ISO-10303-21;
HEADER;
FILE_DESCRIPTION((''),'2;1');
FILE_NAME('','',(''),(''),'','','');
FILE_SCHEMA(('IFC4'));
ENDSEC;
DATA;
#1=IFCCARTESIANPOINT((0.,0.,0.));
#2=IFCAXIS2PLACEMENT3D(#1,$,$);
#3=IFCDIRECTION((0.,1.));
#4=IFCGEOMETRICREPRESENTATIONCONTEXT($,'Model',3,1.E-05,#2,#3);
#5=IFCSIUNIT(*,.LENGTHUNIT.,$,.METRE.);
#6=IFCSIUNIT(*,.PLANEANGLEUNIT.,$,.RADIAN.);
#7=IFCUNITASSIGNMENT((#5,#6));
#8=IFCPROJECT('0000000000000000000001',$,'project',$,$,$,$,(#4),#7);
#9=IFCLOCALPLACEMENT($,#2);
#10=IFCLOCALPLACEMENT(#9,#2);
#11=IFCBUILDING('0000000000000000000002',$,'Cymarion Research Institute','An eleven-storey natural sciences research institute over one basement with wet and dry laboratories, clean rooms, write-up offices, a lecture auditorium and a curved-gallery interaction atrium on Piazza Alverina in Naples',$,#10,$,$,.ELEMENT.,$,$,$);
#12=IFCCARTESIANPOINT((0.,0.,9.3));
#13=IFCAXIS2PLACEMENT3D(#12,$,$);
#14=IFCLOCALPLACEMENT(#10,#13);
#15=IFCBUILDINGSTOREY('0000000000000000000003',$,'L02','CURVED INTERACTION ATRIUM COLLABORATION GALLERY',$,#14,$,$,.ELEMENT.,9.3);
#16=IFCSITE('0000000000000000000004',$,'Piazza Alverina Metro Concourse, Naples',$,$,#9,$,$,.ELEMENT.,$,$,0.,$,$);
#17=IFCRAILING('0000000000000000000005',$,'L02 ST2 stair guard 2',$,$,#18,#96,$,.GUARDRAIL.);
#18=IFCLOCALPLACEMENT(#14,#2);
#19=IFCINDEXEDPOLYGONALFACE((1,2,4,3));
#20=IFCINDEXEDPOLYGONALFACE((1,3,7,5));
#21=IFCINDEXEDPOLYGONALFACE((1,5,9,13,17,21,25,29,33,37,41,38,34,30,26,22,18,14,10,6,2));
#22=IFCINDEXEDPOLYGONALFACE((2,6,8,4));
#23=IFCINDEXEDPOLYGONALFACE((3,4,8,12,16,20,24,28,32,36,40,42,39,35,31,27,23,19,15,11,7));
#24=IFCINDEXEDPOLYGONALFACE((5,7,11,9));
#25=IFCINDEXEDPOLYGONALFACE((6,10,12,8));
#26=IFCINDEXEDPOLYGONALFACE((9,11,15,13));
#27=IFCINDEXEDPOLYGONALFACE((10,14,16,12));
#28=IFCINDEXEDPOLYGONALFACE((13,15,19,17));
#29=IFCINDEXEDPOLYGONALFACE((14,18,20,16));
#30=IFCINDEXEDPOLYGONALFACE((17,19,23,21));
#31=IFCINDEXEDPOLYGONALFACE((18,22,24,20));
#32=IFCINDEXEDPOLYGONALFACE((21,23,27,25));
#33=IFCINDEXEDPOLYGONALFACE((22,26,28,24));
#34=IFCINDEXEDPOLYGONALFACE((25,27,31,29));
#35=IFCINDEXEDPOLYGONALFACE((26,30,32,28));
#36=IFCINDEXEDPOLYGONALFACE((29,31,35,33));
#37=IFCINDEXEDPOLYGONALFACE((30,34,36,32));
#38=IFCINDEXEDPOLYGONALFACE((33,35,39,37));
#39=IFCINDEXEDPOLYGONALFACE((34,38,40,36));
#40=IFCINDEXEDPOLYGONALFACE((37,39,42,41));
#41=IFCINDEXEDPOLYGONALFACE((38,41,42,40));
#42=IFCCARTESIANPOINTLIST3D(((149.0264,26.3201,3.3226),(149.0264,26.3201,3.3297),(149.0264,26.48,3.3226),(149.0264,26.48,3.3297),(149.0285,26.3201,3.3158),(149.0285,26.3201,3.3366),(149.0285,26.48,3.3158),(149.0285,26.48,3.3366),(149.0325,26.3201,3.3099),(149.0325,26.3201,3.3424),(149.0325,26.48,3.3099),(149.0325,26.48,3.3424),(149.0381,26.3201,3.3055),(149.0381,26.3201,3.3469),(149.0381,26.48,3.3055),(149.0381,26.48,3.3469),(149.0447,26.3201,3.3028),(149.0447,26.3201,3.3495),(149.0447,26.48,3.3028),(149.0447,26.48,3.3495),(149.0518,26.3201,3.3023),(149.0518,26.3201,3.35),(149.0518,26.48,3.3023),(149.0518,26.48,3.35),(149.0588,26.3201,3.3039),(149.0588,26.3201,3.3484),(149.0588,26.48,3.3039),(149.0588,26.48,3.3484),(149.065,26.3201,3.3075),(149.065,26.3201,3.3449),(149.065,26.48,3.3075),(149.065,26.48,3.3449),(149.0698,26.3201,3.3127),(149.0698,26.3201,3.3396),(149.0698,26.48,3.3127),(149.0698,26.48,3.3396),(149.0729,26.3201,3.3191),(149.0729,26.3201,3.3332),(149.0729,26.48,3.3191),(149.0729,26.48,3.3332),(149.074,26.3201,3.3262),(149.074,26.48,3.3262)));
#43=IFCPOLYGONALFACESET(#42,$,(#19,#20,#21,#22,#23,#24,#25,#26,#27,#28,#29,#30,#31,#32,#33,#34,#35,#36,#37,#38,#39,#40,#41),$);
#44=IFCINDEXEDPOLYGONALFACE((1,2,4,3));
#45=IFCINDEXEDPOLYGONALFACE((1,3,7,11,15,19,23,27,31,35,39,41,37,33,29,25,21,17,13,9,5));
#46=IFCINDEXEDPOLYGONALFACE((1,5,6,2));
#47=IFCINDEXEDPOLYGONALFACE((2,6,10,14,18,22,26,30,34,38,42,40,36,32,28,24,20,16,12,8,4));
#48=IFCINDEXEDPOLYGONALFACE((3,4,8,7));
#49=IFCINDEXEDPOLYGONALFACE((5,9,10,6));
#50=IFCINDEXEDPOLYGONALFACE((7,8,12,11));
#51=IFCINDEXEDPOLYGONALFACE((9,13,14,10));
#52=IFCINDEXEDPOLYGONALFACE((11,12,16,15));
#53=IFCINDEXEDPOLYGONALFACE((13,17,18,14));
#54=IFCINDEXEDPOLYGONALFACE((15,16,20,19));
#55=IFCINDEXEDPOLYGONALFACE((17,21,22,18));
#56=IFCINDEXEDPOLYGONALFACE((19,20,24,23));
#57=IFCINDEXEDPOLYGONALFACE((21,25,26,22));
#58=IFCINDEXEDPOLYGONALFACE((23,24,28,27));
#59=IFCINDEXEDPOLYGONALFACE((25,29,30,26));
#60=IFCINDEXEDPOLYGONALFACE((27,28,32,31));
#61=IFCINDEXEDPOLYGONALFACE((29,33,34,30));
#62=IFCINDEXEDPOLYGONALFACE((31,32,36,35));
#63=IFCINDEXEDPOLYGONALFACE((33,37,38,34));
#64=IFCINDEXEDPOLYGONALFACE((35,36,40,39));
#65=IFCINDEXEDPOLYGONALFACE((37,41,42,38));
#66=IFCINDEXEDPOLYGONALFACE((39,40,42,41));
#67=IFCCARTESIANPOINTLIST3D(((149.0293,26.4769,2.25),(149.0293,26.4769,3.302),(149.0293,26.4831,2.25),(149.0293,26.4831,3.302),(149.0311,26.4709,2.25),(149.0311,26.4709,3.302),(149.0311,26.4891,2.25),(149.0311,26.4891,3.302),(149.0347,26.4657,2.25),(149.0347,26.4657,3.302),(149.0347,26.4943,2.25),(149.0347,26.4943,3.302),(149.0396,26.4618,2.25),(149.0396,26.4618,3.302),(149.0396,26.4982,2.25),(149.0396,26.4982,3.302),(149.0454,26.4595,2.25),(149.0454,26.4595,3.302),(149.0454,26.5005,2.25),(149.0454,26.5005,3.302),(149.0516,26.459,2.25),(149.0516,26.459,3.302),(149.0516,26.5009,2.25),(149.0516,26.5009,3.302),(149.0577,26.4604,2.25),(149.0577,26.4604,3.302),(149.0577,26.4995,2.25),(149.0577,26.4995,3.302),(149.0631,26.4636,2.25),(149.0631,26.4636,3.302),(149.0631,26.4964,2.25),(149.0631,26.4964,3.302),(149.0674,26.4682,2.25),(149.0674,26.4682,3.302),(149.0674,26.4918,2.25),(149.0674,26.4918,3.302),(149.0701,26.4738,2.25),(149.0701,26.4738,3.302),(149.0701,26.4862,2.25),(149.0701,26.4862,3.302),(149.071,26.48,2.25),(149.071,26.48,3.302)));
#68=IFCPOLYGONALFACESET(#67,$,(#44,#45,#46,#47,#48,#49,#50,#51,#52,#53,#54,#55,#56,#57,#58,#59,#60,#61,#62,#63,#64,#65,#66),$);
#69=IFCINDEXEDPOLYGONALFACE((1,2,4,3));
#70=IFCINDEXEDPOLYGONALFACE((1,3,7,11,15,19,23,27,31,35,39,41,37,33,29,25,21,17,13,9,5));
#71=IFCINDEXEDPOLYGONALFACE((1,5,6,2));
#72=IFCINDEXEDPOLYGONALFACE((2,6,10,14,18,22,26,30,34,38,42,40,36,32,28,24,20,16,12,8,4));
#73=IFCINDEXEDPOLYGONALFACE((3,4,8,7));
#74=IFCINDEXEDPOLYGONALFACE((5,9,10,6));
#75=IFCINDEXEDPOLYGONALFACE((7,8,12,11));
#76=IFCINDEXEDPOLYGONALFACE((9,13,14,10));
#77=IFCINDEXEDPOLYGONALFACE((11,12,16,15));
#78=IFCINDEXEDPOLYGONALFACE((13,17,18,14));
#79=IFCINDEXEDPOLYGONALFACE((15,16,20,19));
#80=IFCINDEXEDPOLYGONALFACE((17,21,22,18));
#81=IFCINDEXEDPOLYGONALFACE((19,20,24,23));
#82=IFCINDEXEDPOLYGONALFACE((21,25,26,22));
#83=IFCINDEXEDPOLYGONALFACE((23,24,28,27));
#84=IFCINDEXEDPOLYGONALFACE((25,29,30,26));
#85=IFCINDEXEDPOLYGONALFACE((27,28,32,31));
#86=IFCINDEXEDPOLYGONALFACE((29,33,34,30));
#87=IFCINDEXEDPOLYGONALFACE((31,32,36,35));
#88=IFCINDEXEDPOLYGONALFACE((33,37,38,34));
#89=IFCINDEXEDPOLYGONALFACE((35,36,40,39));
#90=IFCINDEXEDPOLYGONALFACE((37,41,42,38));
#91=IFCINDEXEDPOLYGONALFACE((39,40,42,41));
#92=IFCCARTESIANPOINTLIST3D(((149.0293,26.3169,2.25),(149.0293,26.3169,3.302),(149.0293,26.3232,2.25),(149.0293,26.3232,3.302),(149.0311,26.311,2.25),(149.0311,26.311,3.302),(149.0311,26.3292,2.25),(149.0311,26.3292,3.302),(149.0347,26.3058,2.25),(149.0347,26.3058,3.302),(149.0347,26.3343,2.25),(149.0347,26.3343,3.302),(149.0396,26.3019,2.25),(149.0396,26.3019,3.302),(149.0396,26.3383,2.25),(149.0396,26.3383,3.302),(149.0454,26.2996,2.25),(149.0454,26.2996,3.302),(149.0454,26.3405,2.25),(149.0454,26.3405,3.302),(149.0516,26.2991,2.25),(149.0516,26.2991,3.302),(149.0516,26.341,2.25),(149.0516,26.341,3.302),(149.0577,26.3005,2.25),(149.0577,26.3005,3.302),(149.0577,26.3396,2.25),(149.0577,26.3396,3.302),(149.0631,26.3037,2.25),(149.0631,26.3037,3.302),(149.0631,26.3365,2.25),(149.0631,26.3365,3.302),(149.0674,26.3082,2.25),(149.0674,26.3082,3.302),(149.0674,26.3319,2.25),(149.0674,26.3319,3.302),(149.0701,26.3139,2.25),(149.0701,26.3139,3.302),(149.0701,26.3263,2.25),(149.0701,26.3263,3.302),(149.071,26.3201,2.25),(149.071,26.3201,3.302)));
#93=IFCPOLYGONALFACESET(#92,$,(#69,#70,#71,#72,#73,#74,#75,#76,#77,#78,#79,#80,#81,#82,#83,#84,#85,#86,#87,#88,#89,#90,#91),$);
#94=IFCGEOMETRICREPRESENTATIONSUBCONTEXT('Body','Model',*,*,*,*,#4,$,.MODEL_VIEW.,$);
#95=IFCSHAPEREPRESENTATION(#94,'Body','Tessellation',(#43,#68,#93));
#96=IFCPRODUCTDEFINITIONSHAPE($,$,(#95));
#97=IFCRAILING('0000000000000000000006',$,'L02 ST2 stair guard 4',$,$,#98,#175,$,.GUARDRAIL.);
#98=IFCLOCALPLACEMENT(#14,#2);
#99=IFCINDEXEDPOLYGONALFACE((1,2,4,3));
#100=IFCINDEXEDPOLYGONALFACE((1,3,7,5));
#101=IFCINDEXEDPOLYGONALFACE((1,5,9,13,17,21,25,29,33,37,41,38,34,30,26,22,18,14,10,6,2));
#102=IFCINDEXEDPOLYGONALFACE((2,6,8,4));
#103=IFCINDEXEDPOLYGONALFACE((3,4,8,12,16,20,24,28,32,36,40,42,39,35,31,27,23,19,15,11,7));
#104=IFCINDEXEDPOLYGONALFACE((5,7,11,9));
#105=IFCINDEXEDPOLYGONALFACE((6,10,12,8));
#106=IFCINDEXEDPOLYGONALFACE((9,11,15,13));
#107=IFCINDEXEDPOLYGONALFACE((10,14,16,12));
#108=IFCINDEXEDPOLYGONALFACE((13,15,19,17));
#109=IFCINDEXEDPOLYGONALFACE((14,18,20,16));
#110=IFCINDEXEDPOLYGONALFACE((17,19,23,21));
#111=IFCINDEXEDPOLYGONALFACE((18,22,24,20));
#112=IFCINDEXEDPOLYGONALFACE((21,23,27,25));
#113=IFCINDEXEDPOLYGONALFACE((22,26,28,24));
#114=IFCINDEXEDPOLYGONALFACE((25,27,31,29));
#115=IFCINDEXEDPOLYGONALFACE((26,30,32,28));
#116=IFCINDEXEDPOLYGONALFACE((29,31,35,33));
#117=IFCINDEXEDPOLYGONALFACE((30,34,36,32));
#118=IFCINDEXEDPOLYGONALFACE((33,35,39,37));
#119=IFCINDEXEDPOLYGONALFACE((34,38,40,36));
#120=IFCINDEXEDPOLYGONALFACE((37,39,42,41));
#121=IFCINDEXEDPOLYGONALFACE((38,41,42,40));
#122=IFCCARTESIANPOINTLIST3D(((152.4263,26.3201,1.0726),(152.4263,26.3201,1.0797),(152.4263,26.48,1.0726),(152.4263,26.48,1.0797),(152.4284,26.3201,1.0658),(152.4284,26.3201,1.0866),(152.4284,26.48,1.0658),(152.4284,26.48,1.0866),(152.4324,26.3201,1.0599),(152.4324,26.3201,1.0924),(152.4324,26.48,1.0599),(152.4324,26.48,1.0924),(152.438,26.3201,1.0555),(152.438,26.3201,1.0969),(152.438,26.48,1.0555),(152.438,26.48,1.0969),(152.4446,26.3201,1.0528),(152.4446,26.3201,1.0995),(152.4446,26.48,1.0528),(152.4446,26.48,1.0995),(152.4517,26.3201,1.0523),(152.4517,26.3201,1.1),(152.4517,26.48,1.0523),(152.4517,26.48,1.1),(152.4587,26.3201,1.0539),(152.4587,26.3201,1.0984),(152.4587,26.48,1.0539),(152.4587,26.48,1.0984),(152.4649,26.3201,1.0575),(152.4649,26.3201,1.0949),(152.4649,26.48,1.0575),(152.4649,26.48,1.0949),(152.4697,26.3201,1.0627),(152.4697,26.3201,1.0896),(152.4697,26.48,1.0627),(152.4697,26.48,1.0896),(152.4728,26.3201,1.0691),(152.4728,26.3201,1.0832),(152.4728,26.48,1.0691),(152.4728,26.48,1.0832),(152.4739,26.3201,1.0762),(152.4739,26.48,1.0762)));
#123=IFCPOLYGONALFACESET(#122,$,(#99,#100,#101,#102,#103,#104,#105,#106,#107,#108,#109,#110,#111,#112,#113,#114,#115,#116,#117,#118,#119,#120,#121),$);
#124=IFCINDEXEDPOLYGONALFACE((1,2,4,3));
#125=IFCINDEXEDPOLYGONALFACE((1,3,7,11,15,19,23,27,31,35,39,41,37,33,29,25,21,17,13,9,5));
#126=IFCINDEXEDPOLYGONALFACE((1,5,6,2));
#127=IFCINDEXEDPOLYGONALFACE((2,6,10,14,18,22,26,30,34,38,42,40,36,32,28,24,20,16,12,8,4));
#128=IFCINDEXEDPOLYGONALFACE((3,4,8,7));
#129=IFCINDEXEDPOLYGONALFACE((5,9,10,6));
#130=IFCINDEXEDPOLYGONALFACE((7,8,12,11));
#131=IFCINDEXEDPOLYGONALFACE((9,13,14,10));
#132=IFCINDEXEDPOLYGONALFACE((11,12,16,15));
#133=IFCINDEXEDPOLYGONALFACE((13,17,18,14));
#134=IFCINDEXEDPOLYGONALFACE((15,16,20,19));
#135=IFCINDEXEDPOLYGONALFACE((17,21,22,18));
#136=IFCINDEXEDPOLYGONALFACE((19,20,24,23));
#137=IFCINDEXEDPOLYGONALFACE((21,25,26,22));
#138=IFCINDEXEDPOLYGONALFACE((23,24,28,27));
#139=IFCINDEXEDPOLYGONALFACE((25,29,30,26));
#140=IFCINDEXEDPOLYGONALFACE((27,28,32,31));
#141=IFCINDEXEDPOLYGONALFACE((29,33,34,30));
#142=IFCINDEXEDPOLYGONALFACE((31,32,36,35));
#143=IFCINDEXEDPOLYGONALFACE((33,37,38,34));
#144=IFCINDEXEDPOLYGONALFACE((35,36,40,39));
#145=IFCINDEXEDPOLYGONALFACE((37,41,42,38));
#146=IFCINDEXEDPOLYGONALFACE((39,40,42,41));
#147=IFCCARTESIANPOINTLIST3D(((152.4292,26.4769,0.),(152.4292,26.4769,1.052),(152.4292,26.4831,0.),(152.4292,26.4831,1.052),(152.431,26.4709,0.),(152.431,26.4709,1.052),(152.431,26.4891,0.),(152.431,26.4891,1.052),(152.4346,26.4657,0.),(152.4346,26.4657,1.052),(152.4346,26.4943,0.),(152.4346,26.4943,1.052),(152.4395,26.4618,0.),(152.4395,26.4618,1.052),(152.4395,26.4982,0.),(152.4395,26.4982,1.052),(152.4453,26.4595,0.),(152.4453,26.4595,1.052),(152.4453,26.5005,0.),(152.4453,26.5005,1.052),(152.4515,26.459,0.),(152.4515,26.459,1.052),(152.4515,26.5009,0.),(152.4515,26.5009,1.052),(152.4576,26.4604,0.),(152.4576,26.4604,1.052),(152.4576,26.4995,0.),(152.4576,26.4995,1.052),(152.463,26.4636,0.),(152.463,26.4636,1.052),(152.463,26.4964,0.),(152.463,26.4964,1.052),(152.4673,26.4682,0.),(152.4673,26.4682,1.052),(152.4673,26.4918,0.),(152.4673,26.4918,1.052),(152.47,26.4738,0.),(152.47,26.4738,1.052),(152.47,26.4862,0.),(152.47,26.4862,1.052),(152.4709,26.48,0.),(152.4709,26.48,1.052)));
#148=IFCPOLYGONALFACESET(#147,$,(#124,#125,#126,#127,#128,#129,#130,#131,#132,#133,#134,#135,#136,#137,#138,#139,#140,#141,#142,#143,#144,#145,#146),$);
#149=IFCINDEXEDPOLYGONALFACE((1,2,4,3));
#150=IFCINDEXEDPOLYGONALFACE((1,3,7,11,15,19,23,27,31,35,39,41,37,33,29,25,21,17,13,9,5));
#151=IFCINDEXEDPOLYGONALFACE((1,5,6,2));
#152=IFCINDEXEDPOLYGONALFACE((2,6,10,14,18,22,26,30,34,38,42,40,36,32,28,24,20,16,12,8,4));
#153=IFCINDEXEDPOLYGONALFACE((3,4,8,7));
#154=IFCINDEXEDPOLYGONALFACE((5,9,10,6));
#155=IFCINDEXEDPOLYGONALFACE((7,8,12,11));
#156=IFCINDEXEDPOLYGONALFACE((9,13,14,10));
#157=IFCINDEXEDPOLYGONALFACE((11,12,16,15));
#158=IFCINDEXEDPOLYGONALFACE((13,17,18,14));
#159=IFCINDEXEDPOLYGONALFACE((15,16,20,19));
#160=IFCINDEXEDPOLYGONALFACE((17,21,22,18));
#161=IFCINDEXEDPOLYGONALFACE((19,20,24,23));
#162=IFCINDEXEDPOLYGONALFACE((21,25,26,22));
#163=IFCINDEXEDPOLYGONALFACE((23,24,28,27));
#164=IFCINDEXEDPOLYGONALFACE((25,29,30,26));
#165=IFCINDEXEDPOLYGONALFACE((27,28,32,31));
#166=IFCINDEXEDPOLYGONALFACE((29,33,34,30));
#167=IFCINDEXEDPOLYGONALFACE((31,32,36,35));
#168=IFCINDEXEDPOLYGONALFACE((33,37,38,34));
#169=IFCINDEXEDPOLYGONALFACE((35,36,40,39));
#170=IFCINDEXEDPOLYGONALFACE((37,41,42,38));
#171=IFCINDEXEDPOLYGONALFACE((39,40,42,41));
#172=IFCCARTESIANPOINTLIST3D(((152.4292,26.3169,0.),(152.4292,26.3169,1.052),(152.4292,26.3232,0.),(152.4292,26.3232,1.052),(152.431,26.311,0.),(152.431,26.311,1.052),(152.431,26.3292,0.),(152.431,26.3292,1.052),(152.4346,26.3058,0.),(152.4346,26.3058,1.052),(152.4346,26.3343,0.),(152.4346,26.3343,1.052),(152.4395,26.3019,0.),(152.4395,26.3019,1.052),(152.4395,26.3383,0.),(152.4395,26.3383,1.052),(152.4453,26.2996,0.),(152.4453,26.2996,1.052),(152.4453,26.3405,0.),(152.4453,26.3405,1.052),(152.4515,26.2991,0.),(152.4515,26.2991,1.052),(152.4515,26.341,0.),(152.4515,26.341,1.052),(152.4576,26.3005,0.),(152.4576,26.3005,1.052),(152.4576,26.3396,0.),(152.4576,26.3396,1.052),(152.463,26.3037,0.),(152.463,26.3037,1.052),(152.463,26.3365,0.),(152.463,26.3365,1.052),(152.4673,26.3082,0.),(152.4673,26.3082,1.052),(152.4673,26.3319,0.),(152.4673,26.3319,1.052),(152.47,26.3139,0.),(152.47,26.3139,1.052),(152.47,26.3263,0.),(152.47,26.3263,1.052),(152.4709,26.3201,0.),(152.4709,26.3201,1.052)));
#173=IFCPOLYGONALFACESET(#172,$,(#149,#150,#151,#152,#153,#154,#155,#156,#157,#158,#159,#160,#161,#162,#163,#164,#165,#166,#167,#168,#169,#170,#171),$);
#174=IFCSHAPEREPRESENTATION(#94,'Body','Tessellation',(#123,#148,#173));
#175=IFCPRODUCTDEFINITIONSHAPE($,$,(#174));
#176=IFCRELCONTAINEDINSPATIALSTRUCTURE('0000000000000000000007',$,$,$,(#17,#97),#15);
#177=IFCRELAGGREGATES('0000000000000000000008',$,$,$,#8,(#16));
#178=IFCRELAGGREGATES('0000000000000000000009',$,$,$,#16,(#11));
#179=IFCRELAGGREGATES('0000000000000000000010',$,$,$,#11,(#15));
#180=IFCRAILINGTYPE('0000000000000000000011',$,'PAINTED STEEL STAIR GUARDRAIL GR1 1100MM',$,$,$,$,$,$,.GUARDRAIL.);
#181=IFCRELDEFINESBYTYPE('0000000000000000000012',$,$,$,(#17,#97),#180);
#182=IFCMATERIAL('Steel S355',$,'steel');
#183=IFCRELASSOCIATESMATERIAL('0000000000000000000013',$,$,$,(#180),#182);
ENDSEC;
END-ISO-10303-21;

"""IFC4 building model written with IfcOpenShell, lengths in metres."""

from ifc_helpers import new_model, si_unit, direction, frame, origin, origin_2d, place, context, subcontext, project, spatial, circle, extrude, material, type_object, element, save


model = new_model("IFC4")

# Units and contexts
model_context = context("Model", 3, precision=1e-05, world=origin(), true_north=direction((0.0, 1.0)))
body_context = subcontext(model_context, "Body", "Model", "MODEL_VIEW")
ifc_project = project(units=[si_unit("LENGTHUNIT", "METRE"), si_unit("PLANEANGLEUNIT", "RADIAN")], contexts=[model_context])

# Site, building, storey
site_placement = place(None, origin())
site = spatial("IfcSite", under=ifc_project, at=site_placement, Name="Piazza Alverina Metro Concourse, Naples", CompositionType="ELEMENT", RefElevation=0.0)
building_placement = place(site_placement, origin())
building = spatial("IfcBuilding", under=site, at=building_placement, Name="Cymarion Research Institute", Description="An eleven-storey natural sciences research institute over one basement with wet and dry laboratories, clean rooms, write-up offices, a lecture auditorium and a curved-gallery interaction atrium on Piazza Alverina in Naples", CompositionType="ELEMENT")
storey_placement = place(building_placement, frame((0.0, 0.0, 9.3)))
storey = spatial("IfcBuildingStorey", under=building, at=storey_placement, Name="L02", Description="CURVED INTERACTION ATRIUM COLLABORATION GALLERY", CompositionType="ELEMENT", Elevation=9.3)

# Railings
ifc_material_1 = material(Name="Steel S355", Category="steel")
railing_type_1 = type_object("IfcRailingType", Name="PAINTED STEEL STAIR GUARDRAIL GR1 1100MM", PredefinedType="GUARDRAIL", material=ifc_material_1)
for number, where, name in (
    (1, (149.05, 26.48, 2.25), "L02 ST2 stair guard 2"),
    (2, (152.45, 26.48, 0.0), "L02 ST2 stair guard 4"),
):
    element("IfcRailing", number, at=place(storey_placement, frame(where)), inside=storey, type_object=railing_type_1, Name=name, PredefinedType="GUARDRAIL", context=body_context, shape_type="SweptSolid", body=[
        extrude(circle(Radius=0.0239, at=origin_2d()), frame((0.0, 0.0, 1.0762), z_axis=(0.0, -1.0, 0.0), x_axis=(1.0, 0.0, 0.0)), (0.0, 0.0, 1.0), 0.1599),
        extrude(circle(Radius=0.021, at=origin_2d()), origin(), (0.0, 0.0, 1.0), 1.052),
        extrude(circle(Radius=0.021, at=origin_2d()), frame((0.0, -0.1599, 0.0)), (0.0, 0.0, 1.0), 1.052),
    ])

save(model, "model.ifc")
